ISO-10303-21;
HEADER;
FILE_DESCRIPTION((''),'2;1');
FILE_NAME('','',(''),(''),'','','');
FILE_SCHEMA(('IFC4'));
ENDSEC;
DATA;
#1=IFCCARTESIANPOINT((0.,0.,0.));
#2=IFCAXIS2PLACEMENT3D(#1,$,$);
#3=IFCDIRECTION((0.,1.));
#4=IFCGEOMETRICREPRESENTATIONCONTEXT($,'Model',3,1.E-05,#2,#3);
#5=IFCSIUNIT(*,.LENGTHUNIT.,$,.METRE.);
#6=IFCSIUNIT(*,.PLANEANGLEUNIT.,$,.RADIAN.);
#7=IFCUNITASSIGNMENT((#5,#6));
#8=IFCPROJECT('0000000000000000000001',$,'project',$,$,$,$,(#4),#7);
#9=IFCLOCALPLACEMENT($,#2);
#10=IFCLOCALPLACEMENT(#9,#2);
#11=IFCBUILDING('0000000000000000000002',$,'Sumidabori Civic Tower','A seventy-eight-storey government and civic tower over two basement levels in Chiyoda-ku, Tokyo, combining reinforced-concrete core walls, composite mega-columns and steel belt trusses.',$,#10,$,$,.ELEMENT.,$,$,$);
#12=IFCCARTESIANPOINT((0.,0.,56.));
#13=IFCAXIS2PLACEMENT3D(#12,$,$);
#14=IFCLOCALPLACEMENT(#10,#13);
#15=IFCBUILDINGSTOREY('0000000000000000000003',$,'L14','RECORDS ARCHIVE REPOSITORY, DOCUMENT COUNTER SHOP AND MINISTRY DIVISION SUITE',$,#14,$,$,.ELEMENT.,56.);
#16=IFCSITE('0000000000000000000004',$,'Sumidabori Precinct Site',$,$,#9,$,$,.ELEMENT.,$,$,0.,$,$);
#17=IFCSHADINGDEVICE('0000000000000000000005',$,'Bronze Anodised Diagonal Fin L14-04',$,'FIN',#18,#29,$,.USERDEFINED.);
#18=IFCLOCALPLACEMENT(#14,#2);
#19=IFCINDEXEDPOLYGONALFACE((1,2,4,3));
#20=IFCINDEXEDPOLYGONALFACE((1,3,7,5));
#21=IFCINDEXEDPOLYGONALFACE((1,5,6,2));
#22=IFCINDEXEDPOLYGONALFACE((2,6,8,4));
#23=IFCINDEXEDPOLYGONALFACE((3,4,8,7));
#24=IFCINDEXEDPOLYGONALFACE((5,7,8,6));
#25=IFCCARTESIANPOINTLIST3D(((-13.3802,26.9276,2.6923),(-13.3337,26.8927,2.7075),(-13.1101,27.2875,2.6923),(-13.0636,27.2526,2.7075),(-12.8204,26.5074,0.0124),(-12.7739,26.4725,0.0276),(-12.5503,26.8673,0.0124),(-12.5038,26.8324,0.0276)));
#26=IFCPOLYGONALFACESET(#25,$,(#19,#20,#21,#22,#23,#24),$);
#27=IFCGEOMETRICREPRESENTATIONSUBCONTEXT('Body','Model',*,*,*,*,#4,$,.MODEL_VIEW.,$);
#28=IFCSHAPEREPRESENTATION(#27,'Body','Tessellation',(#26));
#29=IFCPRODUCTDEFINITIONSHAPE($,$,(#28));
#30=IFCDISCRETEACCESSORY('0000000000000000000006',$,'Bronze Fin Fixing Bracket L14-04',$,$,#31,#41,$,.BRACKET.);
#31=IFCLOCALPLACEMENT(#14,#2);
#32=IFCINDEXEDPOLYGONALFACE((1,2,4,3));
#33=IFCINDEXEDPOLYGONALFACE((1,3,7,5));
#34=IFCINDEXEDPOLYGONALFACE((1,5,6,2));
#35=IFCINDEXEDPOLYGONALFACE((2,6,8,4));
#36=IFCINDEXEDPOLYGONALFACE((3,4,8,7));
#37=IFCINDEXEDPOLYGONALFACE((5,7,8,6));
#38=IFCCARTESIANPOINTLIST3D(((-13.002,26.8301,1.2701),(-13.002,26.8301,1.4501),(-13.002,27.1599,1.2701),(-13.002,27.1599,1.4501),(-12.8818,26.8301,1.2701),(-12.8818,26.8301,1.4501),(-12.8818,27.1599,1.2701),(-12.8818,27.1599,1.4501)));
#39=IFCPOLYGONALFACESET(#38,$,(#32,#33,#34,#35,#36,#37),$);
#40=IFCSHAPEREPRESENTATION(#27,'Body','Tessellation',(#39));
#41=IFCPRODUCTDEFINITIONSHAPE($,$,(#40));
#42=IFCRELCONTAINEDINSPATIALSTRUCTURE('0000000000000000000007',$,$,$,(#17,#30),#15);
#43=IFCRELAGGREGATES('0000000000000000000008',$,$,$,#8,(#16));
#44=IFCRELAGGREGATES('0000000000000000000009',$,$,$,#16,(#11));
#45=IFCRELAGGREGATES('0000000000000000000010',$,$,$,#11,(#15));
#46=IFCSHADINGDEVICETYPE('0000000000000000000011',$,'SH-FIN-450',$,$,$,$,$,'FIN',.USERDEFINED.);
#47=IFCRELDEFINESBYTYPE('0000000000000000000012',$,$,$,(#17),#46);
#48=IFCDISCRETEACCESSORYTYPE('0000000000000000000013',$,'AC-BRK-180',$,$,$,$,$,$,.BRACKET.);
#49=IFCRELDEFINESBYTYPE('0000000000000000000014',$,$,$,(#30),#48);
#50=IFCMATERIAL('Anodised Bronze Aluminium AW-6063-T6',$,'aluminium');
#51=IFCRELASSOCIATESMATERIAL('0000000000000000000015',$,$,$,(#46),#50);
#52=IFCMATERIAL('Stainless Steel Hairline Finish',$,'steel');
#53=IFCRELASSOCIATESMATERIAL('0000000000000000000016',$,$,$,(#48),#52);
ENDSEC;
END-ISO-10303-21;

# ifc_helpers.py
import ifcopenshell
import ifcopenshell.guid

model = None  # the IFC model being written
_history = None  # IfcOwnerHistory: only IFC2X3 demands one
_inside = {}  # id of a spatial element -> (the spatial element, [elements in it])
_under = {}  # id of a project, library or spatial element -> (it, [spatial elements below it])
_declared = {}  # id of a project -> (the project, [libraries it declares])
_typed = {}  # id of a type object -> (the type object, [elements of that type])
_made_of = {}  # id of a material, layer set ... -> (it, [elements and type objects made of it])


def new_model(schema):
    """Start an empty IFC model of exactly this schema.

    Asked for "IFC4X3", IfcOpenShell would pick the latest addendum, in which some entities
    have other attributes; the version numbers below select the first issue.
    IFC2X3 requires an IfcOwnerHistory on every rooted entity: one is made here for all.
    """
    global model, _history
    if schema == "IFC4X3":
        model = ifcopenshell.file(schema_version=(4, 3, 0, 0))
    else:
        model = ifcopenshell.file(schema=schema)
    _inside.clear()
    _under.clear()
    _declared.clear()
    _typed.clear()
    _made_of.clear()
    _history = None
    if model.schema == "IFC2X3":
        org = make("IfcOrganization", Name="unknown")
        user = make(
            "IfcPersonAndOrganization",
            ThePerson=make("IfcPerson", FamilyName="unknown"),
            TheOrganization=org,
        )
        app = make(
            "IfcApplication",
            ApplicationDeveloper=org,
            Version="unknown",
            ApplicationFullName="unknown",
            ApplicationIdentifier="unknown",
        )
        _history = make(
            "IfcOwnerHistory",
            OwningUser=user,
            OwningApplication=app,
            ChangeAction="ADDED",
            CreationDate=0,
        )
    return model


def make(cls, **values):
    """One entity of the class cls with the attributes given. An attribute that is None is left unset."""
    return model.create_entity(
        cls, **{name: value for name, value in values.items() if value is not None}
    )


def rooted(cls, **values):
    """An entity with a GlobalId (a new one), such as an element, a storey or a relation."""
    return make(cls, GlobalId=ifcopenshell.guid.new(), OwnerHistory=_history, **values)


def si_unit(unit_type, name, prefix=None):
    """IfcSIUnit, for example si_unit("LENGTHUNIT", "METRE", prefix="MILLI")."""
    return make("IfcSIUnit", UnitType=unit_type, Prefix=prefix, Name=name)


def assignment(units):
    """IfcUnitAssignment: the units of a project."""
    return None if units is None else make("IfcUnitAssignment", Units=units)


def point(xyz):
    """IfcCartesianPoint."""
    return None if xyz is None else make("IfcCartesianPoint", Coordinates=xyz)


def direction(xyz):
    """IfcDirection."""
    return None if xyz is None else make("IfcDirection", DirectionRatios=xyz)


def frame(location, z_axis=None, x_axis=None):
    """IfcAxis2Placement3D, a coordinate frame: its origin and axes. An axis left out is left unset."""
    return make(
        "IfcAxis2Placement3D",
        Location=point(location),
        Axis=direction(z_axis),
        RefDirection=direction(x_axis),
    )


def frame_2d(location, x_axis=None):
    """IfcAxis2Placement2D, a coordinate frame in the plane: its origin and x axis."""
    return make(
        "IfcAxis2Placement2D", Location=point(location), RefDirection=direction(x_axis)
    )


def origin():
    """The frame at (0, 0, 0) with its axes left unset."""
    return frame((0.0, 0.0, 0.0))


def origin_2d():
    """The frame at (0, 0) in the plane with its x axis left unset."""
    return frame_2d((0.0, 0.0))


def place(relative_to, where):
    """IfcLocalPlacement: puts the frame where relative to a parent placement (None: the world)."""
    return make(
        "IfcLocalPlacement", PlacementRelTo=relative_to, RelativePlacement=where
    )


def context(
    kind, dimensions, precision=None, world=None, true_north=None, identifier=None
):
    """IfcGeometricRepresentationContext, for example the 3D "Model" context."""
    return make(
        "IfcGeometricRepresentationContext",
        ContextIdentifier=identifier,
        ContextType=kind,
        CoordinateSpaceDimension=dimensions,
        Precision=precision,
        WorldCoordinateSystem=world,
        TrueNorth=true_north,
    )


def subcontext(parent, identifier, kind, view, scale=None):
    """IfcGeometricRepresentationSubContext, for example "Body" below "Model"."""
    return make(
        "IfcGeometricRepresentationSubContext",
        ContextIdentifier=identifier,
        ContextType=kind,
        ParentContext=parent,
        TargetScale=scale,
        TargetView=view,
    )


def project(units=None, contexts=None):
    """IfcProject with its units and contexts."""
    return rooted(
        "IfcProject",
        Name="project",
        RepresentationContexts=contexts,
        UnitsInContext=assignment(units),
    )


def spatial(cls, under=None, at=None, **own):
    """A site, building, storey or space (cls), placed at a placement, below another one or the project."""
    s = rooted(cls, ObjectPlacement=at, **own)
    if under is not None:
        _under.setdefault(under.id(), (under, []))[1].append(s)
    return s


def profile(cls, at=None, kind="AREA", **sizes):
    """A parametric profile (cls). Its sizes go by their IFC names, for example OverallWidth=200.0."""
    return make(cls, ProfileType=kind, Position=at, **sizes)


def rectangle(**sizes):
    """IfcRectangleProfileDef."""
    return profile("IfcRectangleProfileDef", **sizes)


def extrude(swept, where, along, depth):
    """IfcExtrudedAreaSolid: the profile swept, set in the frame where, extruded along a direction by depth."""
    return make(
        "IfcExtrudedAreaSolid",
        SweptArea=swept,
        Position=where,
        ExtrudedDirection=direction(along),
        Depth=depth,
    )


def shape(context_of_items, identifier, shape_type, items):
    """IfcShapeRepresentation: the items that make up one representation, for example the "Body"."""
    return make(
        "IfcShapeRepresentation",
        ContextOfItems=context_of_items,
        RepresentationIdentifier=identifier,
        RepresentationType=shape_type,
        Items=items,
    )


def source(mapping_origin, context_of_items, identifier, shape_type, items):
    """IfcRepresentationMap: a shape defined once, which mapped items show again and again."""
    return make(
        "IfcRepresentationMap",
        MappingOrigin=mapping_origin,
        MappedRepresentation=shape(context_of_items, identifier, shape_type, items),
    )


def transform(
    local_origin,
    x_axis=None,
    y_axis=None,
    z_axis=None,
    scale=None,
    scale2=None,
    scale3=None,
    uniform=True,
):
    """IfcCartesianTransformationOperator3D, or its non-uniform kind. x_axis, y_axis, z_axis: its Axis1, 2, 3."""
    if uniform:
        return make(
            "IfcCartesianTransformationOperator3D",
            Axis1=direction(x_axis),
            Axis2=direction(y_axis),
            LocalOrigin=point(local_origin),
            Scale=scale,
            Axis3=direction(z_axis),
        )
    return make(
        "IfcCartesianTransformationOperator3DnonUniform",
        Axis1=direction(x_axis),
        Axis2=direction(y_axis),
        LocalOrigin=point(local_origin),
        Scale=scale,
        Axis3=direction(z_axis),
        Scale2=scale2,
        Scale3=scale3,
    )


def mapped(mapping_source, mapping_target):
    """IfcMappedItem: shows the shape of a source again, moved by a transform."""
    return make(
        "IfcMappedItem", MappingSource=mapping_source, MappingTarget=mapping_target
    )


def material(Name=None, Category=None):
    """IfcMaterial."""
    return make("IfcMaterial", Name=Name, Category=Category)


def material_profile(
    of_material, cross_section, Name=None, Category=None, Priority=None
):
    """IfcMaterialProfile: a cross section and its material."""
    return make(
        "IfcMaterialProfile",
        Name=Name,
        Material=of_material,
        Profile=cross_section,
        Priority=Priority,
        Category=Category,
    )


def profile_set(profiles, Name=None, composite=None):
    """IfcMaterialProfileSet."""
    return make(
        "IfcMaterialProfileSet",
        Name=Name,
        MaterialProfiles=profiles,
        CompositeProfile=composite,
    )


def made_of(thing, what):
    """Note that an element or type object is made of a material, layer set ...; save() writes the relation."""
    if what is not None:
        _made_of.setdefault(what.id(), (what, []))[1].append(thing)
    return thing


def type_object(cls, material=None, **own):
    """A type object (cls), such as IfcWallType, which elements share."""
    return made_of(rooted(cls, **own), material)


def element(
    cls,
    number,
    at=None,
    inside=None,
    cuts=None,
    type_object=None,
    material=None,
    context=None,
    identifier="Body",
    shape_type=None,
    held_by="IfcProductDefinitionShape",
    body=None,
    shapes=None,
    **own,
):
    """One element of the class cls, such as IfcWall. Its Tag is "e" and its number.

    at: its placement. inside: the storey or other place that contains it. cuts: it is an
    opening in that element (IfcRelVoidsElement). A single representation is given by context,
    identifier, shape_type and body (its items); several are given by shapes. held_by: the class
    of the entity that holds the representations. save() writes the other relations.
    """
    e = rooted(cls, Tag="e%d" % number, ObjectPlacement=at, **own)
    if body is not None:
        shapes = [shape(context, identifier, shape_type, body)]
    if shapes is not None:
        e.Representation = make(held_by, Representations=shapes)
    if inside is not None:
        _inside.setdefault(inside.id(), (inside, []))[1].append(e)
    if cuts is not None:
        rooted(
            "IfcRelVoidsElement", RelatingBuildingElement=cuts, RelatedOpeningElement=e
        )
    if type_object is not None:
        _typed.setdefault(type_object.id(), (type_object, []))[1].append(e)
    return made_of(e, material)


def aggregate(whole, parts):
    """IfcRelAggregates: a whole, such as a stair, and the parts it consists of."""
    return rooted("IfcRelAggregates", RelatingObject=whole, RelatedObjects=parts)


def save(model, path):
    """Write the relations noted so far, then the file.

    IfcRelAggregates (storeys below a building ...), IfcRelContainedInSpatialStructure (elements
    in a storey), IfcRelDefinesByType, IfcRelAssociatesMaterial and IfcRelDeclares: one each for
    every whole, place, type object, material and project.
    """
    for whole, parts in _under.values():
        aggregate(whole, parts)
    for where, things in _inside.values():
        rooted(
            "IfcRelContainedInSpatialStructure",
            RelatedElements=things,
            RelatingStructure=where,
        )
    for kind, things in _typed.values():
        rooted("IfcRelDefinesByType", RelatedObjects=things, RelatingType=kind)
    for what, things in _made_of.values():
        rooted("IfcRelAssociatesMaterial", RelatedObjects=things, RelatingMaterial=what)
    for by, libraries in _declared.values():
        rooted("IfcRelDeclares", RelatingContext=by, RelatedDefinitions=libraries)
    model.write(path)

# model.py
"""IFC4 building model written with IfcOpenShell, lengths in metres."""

from ifc_helpers import new_model, si_unit, direction, frame, origin, origin_2d, place, context, subcontext, project, spatial, rectangle, extrude, source, transform, mapped, material, material_profile, profile_set, type_object, element, save


model = new_model("IFC4")

# Units and contexts
model_context = context("Model", 3, precision=1e-05, world=origin(), true_north=direction((0.0, 1.0)))
body_context = subcontext(model_context, "Body", "Model", "MODEL_VIEW")
ifc_project = project(units=[si_unit("LENGTHUNIT", "METRE"), si_unit("PLANEANGLEUNIT", "RADIAN")], contexts=[model_context])

# Site, building, storey
site_placement = place(None, origin())
site = spatial("IfcSite", under=ifc_project, at=site_placement, Name="Sumidabori Precinct Site", CompositionType="ELEMENT", RefElevation=0.0)
building_placement = place(site_placement, origin())
building = spatial("IfcBuilding", under=site, at=building_placement, Name="Sumidabori Civic Tower", Description="A seventy-eight-storey government and civic tower over two basement levels in Chiyoda-ku, Tokyo, combining reinforced-concrete core walls, composite mega-columns and steel belt trusses.", CompositionType="ELEMENT")
storey_placement = place(building_placement, frame((0.0, 0.0, 56.0)))
storey = spatial("IfcBuildingStorey", under=building, at=storey_placement, Name="L14", Description="RECORDS ARCHIVE REPOSITORY, DOCUMENT COUNTER SHOP AND MINISTRY DIVISION SUITE", CompositionType="ELEMENT", Elevation=56.0)

# Shared definitions
ifc_material_1 = material(Name="Anodised Bronze Aluminium AW-6063-T6", Category="aluminium")

# Shared definitions
ifc_material_2 = material(Name="Stainless Steel Hairline Finish", Category="steel")

# Shading device
ifc_material_profile_1 = material_profile(ifc_material_1, rectangle(XDim=0.0601, YDim=0.45, at=origin_2d()), Name="BRONZE FIN 450x60")
ifc_profile_set_1 = profile_set([ifc_material_profile_1], Name="Anodised Bronze Aluminium AW-6063-T6")
shading_device_type = type_object("IfcShadingDeviceType", Name="SH-FIN-450", ElementType="FIN", PredefinedType="USERDEFINED", material=ifc_profile_set_1)
shared_shape_1 = source(origin(), body_context, "Body", "SweptSolid", [
    extrude(rectangle(XDim=0.0601, YDim=0.45, at=origin_2d()), origin(), (0.0, 0.0, 1.0), 2.7698),
])
shading_device_placement = place(storey_placement, frame((-12.6621, 26.6699, 0.02), z_axis=(-0.202111, 0.151694, 0.967543), x_axis=(0.773832, -0.580796, 0.252705)))
element("IfcShadingDevice", 1, at=shading_device_placement, inside=storey, type_object=shading_device_type, Name="Bronze Anodised Diagonal Fin L14-04", ObjectType="FIN", PredefinedType="USERDEFINED", context=body_context, shape_type="MappedRepresentation", body=[
    mapped(shared_shape_1, transform((0.0, 0.0, 0.0), x_axis=(1.0, 0.0, 0.0), y_axis=(0.0, 1.0, 0.0), z_axis=(0.0, 0.0, 1.0), scale=1.0)),
])

# Discrete accessory
ifc_material_profile_2 = material_profile(ifc_material_2, rectangle(XDim=0.1201, YDim=0.1799, at=origin_2d()), Name="STEEL BRACKET 180x120")
ifc_profile_set_2 = profile_set([ifc_material_profile_2], Name="Stainless Steel Hairline Finish")
discrete_accessory_type = type_object("IfcDiscreteAccessoryType", Name="AC-BRK-180", PredefinedType="BRACKET", material=ifc_profile_set_2)
shared_shape_2 = source(origin(), body_context, "Body", "SweptSolid", [
    extrude(rectangle(XDim=0.1201, YDim=0.1799, at=origin_2d()), origin(), (0.0, 0.0, 1.0), 0.3298),
])
discrete_accessory_placement = place(storey_placement, frame((-12.9419, 26.8301, 1.3601), z_axis=(0.0, 1.0, 0.0), x_axis=(-1.0, 0.0, 0.0)))
element("IfcDiscreteAccessory", 2, at=discrete_accessory_placement, inside=storey, type_object=discrete_accessory_type, Name="Bronze Fin Fixing Bracket L14-04", PredefinedType="BRACKET", context=body_context, shape_type="MappedRepresentation", body=[
    mapped(shared_shape_2, transform((0.0, 0.0, 0.0), x_axis=(1.0, 0.0, 0.0), y_axis=(0.0, 1.0, 0.0), z_axis=(0.0, 0.0, 1.0), scale=1.0)),
])

save(model, "model.ifc")
